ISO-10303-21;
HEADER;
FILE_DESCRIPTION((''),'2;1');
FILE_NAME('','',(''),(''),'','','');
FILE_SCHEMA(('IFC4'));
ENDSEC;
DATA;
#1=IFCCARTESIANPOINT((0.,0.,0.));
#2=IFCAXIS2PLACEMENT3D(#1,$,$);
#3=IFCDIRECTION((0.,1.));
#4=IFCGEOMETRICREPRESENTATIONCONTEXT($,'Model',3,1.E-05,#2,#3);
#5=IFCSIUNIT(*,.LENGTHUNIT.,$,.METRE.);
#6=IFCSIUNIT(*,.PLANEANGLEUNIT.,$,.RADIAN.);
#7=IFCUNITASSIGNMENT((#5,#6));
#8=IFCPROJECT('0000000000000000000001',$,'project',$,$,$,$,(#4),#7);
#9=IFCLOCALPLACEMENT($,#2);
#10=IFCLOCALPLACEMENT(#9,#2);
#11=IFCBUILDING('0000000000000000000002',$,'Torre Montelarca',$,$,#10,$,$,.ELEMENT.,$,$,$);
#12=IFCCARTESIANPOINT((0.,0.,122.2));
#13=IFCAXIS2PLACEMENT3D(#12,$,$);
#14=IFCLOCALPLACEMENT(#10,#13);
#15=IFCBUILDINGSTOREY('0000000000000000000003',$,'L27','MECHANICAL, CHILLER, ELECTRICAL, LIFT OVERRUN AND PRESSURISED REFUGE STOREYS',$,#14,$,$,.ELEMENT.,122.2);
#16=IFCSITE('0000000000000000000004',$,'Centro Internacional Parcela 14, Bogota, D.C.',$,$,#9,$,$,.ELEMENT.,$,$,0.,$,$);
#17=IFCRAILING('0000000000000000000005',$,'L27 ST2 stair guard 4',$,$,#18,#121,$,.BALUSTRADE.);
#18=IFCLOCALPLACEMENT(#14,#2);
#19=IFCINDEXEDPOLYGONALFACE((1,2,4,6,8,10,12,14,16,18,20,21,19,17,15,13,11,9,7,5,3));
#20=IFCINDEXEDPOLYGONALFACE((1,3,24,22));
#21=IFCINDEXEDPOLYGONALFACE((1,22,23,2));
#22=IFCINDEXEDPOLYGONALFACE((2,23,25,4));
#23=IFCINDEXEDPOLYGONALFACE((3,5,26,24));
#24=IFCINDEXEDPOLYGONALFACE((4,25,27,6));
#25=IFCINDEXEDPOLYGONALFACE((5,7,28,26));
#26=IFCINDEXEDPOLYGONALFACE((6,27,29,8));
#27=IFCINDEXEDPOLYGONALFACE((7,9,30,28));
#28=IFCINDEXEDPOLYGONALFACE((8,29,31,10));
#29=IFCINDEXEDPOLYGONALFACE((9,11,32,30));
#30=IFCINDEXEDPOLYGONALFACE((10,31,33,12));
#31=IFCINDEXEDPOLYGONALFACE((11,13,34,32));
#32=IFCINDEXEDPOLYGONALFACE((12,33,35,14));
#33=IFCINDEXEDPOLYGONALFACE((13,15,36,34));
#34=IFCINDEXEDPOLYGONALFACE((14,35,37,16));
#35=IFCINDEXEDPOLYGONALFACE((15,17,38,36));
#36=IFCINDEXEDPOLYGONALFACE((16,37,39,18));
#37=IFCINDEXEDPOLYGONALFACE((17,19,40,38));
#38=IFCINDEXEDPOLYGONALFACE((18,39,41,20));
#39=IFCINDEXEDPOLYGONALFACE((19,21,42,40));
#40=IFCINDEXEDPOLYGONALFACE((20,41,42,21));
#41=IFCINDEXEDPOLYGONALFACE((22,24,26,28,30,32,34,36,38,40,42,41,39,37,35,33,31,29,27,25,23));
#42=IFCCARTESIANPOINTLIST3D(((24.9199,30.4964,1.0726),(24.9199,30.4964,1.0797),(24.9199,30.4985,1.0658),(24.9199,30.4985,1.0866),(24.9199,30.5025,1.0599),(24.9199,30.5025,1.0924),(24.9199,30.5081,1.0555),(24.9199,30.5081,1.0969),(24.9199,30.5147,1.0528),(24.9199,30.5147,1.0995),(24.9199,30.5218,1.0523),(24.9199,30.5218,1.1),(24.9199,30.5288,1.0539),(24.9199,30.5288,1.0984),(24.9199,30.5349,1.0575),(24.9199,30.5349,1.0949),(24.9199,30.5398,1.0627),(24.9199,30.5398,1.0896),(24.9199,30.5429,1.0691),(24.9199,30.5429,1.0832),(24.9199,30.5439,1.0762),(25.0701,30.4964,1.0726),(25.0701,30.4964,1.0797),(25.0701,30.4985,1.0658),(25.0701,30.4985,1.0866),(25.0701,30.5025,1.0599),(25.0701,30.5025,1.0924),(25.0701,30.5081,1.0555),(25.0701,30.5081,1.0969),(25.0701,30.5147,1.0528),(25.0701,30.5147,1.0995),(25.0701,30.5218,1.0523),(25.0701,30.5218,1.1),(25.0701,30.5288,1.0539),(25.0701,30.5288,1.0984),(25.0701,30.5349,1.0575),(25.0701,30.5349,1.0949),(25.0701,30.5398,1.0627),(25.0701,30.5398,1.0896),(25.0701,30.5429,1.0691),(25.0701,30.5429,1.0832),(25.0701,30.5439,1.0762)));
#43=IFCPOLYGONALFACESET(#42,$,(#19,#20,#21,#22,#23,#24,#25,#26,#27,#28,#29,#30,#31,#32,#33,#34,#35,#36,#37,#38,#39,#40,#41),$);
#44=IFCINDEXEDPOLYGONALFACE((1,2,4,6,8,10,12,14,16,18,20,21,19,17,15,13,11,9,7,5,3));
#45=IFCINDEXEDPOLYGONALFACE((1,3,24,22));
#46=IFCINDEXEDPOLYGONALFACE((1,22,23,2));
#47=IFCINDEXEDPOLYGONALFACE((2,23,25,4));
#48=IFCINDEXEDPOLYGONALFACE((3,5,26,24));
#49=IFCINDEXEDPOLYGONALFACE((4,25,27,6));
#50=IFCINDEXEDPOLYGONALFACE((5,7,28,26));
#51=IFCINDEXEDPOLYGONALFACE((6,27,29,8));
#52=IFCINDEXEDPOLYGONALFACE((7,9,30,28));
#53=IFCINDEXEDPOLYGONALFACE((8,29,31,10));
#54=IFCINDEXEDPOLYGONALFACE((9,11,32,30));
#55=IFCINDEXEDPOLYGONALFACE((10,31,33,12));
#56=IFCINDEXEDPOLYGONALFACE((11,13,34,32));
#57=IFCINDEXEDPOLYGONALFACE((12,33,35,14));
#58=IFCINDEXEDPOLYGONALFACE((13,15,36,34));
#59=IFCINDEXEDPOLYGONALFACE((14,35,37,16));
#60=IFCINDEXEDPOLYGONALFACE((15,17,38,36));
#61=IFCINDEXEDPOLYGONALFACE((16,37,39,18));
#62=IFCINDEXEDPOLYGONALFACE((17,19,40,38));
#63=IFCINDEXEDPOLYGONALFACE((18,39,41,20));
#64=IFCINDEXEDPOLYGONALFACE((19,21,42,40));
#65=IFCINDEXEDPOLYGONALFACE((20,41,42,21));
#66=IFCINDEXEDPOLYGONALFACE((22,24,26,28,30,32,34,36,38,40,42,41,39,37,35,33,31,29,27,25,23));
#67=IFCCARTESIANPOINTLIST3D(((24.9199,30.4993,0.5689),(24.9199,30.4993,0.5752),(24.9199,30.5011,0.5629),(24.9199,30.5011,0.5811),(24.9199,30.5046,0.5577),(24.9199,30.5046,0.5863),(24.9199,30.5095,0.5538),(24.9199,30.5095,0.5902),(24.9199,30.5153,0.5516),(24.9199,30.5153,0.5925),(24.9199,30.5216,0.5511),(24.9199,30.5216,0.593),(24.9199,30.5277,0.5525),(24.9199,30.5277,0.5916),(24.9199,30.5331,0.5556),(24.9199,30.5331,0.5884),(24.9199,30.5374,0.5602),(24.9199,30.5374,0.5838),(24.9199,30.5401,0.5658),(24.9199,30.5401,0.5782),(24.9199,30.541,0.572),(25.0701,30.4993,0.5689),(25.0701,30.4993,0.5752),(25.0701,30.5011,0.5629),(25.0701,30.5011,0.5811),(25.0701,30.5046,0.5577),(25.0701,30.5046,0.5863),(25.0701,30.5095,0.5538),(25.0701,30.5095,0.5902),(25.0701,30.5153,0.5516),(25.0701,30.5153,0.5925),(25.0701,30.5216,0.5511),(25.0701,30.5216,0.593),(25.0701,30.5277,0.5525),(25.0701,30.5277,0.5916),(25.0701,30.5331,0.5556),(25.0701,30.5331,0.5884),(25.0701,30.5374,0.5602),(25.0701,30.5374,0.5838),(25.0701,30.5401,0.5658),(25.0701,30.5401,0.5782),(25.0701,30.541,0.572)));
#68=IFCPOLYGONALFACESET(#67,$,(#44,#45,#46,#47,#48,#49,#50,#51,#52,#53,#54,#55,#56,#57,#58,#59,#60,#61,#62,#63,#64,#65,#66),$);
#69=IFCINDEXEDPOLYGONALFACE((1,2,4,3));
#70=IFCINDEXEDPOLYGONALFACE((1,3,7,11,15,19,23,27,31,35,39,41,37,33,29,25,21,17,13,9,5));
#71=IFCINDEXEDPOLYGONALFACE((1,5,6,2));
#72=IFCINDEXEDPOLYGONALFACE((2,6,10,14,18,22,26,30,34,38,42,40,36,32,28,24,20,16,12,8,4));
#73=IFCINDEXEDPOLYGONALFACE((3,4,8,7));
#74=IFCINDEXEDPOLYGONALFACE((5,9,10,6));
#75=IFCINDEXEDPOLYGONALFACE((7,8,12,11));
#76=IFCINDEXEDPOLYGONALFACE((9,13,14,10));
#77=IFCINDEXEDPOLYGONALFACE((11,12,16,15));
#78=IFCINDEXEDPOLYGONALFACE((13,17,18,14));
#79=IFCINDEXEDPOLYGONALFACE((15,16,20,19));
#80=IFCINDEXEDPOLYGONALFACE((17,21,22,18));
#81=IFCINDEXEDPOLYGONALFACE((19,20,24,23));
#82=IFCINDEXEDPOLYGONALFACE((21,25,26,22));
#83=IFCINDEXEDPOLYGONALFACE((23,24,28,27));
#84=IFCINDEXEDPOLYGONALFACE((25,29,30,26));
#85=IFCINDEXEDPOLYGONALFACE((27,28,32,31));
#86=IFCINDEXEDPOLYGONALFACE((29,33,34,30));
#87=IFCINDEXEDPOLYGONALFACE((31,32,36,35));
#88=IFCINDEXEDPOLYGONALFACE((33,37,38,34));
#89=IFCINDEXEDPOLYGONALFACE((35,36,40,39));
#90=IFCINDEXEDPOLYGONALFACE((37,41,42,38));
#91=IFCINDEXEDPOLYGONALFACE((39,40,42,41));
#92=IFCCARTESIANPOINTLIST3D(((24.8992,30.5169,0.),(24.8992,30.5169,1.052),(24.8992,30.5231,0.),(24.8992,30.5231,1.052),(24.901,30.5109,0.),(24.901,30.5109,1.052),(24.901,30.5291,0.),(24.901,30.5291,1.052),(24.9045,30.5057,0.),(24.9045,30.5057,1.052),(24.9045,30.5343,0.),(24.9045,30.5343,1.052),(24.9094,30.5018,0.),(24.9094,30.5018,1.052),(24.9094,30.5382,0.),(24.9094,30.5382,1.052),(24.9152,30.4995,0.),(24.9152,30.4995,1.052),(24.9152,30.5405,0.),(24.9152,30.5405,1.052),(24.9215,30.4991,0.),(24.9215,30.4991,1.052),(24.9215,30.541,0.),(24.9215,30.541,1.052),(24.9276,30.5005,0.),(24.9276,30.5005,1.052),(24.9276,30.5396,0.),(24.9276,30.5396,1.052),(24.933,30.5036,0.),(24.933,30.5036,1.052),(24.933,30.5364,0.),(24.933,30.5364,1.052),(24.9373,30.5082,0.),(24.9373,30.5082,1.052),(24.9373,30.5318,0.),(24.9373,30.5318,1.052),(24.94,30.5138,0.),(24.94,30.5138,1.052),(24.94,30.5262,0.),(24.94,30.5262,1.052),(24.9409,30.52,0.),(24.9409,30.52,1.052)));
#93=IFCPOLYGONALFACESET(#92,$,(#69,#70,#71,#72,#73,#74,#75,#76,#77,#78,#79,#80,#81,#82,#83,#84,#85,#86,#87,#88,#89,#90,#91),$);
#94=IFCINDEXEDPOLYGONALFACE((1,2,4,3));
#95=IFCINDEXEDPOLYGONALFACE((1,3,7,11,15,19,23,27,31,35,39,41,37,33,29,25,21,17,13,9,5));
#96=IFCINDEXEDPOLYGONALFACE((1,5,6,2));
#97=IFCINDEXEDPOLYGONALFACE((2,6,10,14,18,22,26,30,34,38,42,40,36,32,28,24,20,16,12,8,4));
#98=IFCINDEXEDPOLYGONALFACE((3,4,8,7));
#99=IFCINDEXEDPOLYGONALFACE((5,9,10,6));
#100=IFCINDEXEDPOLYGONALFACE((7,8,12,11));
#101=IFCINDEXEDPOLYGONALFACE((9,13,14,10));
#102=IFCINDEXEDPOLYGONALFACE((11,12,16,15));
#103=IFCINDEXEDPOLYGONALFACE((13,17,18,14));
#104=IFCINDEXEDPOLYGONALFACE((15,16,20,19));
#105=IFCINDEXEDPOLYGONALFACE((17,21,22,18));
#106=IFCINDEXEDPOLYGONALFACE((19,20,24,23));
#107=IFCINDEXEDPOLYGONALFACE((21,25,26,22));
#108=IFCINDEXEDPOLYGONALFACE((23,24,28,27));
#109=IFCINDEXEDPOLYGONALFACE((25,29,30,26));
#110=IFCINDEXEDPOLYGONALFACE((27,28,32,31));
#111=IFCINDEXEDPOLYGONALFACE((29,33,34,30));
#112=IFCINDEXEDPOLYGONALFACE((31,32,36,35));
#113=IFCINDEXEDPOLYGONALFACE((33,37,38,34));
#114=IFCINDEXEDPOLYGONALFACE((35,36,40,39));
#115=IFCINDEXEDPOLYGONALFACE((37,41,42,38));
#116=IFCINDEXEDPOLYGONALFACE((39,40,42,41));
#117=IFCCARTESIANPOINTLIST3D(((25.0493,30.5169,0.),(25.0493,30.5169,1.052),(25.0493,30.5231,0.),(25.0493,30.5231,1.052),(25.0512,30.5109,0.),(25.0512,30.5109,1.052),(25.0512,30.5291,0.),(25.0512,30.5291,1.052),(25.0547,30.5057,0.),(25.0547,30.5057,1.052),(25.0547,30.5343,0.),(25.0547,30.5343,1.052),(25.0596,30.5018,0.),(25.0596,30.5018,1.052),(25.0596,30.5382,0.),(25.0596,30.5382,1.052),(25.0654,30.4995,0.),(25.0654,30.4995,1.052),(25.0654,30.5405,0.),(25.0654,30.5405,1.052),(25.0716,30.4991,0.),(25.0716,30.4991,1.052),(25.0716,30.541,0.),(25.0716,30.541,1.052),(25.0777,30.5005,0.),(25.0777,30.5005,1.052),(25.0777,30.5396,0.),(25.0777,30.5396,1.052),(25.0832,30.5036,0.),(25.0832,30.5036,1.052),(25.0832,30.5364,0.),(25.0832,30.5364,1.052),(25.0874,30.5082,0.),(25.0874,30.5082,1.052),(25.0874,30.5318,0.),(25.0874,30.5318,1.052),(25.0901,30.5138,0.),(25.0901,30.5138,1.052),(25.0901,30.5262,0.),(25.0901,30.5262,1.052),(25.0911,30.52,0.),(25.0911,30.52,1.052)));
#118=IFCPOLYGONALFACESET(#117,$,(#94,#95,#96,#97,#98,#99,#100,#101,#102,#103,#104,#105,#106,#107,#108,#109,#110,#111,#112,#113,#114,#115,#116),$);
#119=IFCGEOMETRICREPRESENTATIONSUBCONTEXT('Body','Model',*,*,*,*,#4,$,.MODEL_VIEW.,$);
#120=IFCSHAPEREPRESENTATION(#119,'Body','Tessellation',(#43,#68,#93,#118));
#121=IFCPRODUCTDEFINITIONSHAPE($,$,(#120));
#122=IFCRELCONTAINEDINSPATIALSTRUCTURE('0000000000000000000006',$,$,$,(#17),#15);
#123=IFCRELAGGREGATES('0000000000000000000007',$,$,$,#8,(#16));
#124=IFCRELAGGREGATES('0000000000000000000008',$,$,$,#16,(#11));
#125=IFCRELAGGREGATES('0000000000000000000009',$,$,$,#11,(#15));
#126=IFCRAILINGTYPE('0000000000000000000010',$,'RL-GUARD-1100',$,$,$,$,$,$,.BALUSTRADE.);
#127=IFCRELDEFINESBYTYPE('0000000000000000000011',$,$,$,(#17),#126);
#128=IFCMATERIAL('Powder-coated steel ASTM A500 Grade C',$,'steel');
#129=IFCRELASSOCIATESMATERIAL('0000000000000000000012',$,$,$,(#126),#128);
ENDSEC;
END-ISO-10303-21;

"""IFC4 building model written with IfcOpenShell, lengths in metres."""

from ifc_helpers import new_model, si_unit, direction, frame, origin, origin_2d, place, context, subcontext, project, spatial, circle, extrude, material, type_object, element, save


model = new_model("IFC4")

# Units and contexts
model_context = context("Model", 3, precision=1e-05, world=origin(), true_north=direction((0.0, 1.0)))
body_context = subcontext(model_context, "Body", "Model", "MODEL_VIEW")
ifc_project = project(units=[si_unit("LENGTHUNIT", "METRE"), si_unit("PLANEANGLEUNIT", "RADIAN")], contexts=[model_context])

# Site, building, storey
site_placement = place(None, origin())
site = spatial("IfcSite", under=ifc_project, at=site_placement, Name="Centro Internacional Parcela 14, Bogota, D.C.", CompositionType="ELEMENT", RefElevation=0.0)
building_placement = place(site_placement, origin())
building = spatial("IfcBuilding", under=site, at=building_placement, Name="Torre Montelarca", CompositionType="ELEMENT")
storey_placement = place(building_placement, frame((0.0, 0.0, 122.2)))
storey = spatial("IfcBuildingStorey", under=building, at=storey_placement, Name="L27", Description="MECHANICAL, CHILLER, ELECTRICAL, LIFT OVERRUN AND PRESSURISED REFUGE STOREYS", CompositionType="ELEMENT", Elevation=122.2)

# Railing
ifc_material_1 = material(Name="Powder-coated steel ASTM A500 Grade C", Category="steel")
railing_type_1 = type_object("IfcRailingType", Name="RL-GUARD-1100", PredefinedType="BALUSTRADE", material=ifc_material_1)
railing_1_placement = place(storey_placement, frame((24.9199, 30.52, 0.0)))
element("IfcRailing", 1, at=railing_1_placement, inside=storey, type_object=railing_type_1, Name="L27 ST2 stair guard 4", PredefinedType="BALUSTRADE", context=body_context, shape_type="SweptSolid", body=[
    extrude(circle(Radius=0.0239, at=origin_2d()), frame((0.0, 0.0, 1.0762), z_axis=(1.0, 0.0, 0.0), x_axis=(0.0, 1.0, 0.0)), (0.0, 0.0, 1.0), 0.1501),
    extrude(circle(Radius=0.021, at=origin_2d()), frame((0.0, 0.0, 0.572), z_axis=(1.0, 0.0, 0.0), x_axis=(0.0, 1.0, 0.0)), (0.0, 0.0, 1.0), 0.1501),
    extrude(circle(Radius=0.021, at=origin_2d()), origin(), (0.0, 0.0, 1.0), 1.052),
    extrude(circle(Radius=0.021, at=origin_2d()), frame((0.1501, 0.0, 0.0)), (0.0, 0.0, 1.0), 1.052),
])

save(model, "model.ifc")
